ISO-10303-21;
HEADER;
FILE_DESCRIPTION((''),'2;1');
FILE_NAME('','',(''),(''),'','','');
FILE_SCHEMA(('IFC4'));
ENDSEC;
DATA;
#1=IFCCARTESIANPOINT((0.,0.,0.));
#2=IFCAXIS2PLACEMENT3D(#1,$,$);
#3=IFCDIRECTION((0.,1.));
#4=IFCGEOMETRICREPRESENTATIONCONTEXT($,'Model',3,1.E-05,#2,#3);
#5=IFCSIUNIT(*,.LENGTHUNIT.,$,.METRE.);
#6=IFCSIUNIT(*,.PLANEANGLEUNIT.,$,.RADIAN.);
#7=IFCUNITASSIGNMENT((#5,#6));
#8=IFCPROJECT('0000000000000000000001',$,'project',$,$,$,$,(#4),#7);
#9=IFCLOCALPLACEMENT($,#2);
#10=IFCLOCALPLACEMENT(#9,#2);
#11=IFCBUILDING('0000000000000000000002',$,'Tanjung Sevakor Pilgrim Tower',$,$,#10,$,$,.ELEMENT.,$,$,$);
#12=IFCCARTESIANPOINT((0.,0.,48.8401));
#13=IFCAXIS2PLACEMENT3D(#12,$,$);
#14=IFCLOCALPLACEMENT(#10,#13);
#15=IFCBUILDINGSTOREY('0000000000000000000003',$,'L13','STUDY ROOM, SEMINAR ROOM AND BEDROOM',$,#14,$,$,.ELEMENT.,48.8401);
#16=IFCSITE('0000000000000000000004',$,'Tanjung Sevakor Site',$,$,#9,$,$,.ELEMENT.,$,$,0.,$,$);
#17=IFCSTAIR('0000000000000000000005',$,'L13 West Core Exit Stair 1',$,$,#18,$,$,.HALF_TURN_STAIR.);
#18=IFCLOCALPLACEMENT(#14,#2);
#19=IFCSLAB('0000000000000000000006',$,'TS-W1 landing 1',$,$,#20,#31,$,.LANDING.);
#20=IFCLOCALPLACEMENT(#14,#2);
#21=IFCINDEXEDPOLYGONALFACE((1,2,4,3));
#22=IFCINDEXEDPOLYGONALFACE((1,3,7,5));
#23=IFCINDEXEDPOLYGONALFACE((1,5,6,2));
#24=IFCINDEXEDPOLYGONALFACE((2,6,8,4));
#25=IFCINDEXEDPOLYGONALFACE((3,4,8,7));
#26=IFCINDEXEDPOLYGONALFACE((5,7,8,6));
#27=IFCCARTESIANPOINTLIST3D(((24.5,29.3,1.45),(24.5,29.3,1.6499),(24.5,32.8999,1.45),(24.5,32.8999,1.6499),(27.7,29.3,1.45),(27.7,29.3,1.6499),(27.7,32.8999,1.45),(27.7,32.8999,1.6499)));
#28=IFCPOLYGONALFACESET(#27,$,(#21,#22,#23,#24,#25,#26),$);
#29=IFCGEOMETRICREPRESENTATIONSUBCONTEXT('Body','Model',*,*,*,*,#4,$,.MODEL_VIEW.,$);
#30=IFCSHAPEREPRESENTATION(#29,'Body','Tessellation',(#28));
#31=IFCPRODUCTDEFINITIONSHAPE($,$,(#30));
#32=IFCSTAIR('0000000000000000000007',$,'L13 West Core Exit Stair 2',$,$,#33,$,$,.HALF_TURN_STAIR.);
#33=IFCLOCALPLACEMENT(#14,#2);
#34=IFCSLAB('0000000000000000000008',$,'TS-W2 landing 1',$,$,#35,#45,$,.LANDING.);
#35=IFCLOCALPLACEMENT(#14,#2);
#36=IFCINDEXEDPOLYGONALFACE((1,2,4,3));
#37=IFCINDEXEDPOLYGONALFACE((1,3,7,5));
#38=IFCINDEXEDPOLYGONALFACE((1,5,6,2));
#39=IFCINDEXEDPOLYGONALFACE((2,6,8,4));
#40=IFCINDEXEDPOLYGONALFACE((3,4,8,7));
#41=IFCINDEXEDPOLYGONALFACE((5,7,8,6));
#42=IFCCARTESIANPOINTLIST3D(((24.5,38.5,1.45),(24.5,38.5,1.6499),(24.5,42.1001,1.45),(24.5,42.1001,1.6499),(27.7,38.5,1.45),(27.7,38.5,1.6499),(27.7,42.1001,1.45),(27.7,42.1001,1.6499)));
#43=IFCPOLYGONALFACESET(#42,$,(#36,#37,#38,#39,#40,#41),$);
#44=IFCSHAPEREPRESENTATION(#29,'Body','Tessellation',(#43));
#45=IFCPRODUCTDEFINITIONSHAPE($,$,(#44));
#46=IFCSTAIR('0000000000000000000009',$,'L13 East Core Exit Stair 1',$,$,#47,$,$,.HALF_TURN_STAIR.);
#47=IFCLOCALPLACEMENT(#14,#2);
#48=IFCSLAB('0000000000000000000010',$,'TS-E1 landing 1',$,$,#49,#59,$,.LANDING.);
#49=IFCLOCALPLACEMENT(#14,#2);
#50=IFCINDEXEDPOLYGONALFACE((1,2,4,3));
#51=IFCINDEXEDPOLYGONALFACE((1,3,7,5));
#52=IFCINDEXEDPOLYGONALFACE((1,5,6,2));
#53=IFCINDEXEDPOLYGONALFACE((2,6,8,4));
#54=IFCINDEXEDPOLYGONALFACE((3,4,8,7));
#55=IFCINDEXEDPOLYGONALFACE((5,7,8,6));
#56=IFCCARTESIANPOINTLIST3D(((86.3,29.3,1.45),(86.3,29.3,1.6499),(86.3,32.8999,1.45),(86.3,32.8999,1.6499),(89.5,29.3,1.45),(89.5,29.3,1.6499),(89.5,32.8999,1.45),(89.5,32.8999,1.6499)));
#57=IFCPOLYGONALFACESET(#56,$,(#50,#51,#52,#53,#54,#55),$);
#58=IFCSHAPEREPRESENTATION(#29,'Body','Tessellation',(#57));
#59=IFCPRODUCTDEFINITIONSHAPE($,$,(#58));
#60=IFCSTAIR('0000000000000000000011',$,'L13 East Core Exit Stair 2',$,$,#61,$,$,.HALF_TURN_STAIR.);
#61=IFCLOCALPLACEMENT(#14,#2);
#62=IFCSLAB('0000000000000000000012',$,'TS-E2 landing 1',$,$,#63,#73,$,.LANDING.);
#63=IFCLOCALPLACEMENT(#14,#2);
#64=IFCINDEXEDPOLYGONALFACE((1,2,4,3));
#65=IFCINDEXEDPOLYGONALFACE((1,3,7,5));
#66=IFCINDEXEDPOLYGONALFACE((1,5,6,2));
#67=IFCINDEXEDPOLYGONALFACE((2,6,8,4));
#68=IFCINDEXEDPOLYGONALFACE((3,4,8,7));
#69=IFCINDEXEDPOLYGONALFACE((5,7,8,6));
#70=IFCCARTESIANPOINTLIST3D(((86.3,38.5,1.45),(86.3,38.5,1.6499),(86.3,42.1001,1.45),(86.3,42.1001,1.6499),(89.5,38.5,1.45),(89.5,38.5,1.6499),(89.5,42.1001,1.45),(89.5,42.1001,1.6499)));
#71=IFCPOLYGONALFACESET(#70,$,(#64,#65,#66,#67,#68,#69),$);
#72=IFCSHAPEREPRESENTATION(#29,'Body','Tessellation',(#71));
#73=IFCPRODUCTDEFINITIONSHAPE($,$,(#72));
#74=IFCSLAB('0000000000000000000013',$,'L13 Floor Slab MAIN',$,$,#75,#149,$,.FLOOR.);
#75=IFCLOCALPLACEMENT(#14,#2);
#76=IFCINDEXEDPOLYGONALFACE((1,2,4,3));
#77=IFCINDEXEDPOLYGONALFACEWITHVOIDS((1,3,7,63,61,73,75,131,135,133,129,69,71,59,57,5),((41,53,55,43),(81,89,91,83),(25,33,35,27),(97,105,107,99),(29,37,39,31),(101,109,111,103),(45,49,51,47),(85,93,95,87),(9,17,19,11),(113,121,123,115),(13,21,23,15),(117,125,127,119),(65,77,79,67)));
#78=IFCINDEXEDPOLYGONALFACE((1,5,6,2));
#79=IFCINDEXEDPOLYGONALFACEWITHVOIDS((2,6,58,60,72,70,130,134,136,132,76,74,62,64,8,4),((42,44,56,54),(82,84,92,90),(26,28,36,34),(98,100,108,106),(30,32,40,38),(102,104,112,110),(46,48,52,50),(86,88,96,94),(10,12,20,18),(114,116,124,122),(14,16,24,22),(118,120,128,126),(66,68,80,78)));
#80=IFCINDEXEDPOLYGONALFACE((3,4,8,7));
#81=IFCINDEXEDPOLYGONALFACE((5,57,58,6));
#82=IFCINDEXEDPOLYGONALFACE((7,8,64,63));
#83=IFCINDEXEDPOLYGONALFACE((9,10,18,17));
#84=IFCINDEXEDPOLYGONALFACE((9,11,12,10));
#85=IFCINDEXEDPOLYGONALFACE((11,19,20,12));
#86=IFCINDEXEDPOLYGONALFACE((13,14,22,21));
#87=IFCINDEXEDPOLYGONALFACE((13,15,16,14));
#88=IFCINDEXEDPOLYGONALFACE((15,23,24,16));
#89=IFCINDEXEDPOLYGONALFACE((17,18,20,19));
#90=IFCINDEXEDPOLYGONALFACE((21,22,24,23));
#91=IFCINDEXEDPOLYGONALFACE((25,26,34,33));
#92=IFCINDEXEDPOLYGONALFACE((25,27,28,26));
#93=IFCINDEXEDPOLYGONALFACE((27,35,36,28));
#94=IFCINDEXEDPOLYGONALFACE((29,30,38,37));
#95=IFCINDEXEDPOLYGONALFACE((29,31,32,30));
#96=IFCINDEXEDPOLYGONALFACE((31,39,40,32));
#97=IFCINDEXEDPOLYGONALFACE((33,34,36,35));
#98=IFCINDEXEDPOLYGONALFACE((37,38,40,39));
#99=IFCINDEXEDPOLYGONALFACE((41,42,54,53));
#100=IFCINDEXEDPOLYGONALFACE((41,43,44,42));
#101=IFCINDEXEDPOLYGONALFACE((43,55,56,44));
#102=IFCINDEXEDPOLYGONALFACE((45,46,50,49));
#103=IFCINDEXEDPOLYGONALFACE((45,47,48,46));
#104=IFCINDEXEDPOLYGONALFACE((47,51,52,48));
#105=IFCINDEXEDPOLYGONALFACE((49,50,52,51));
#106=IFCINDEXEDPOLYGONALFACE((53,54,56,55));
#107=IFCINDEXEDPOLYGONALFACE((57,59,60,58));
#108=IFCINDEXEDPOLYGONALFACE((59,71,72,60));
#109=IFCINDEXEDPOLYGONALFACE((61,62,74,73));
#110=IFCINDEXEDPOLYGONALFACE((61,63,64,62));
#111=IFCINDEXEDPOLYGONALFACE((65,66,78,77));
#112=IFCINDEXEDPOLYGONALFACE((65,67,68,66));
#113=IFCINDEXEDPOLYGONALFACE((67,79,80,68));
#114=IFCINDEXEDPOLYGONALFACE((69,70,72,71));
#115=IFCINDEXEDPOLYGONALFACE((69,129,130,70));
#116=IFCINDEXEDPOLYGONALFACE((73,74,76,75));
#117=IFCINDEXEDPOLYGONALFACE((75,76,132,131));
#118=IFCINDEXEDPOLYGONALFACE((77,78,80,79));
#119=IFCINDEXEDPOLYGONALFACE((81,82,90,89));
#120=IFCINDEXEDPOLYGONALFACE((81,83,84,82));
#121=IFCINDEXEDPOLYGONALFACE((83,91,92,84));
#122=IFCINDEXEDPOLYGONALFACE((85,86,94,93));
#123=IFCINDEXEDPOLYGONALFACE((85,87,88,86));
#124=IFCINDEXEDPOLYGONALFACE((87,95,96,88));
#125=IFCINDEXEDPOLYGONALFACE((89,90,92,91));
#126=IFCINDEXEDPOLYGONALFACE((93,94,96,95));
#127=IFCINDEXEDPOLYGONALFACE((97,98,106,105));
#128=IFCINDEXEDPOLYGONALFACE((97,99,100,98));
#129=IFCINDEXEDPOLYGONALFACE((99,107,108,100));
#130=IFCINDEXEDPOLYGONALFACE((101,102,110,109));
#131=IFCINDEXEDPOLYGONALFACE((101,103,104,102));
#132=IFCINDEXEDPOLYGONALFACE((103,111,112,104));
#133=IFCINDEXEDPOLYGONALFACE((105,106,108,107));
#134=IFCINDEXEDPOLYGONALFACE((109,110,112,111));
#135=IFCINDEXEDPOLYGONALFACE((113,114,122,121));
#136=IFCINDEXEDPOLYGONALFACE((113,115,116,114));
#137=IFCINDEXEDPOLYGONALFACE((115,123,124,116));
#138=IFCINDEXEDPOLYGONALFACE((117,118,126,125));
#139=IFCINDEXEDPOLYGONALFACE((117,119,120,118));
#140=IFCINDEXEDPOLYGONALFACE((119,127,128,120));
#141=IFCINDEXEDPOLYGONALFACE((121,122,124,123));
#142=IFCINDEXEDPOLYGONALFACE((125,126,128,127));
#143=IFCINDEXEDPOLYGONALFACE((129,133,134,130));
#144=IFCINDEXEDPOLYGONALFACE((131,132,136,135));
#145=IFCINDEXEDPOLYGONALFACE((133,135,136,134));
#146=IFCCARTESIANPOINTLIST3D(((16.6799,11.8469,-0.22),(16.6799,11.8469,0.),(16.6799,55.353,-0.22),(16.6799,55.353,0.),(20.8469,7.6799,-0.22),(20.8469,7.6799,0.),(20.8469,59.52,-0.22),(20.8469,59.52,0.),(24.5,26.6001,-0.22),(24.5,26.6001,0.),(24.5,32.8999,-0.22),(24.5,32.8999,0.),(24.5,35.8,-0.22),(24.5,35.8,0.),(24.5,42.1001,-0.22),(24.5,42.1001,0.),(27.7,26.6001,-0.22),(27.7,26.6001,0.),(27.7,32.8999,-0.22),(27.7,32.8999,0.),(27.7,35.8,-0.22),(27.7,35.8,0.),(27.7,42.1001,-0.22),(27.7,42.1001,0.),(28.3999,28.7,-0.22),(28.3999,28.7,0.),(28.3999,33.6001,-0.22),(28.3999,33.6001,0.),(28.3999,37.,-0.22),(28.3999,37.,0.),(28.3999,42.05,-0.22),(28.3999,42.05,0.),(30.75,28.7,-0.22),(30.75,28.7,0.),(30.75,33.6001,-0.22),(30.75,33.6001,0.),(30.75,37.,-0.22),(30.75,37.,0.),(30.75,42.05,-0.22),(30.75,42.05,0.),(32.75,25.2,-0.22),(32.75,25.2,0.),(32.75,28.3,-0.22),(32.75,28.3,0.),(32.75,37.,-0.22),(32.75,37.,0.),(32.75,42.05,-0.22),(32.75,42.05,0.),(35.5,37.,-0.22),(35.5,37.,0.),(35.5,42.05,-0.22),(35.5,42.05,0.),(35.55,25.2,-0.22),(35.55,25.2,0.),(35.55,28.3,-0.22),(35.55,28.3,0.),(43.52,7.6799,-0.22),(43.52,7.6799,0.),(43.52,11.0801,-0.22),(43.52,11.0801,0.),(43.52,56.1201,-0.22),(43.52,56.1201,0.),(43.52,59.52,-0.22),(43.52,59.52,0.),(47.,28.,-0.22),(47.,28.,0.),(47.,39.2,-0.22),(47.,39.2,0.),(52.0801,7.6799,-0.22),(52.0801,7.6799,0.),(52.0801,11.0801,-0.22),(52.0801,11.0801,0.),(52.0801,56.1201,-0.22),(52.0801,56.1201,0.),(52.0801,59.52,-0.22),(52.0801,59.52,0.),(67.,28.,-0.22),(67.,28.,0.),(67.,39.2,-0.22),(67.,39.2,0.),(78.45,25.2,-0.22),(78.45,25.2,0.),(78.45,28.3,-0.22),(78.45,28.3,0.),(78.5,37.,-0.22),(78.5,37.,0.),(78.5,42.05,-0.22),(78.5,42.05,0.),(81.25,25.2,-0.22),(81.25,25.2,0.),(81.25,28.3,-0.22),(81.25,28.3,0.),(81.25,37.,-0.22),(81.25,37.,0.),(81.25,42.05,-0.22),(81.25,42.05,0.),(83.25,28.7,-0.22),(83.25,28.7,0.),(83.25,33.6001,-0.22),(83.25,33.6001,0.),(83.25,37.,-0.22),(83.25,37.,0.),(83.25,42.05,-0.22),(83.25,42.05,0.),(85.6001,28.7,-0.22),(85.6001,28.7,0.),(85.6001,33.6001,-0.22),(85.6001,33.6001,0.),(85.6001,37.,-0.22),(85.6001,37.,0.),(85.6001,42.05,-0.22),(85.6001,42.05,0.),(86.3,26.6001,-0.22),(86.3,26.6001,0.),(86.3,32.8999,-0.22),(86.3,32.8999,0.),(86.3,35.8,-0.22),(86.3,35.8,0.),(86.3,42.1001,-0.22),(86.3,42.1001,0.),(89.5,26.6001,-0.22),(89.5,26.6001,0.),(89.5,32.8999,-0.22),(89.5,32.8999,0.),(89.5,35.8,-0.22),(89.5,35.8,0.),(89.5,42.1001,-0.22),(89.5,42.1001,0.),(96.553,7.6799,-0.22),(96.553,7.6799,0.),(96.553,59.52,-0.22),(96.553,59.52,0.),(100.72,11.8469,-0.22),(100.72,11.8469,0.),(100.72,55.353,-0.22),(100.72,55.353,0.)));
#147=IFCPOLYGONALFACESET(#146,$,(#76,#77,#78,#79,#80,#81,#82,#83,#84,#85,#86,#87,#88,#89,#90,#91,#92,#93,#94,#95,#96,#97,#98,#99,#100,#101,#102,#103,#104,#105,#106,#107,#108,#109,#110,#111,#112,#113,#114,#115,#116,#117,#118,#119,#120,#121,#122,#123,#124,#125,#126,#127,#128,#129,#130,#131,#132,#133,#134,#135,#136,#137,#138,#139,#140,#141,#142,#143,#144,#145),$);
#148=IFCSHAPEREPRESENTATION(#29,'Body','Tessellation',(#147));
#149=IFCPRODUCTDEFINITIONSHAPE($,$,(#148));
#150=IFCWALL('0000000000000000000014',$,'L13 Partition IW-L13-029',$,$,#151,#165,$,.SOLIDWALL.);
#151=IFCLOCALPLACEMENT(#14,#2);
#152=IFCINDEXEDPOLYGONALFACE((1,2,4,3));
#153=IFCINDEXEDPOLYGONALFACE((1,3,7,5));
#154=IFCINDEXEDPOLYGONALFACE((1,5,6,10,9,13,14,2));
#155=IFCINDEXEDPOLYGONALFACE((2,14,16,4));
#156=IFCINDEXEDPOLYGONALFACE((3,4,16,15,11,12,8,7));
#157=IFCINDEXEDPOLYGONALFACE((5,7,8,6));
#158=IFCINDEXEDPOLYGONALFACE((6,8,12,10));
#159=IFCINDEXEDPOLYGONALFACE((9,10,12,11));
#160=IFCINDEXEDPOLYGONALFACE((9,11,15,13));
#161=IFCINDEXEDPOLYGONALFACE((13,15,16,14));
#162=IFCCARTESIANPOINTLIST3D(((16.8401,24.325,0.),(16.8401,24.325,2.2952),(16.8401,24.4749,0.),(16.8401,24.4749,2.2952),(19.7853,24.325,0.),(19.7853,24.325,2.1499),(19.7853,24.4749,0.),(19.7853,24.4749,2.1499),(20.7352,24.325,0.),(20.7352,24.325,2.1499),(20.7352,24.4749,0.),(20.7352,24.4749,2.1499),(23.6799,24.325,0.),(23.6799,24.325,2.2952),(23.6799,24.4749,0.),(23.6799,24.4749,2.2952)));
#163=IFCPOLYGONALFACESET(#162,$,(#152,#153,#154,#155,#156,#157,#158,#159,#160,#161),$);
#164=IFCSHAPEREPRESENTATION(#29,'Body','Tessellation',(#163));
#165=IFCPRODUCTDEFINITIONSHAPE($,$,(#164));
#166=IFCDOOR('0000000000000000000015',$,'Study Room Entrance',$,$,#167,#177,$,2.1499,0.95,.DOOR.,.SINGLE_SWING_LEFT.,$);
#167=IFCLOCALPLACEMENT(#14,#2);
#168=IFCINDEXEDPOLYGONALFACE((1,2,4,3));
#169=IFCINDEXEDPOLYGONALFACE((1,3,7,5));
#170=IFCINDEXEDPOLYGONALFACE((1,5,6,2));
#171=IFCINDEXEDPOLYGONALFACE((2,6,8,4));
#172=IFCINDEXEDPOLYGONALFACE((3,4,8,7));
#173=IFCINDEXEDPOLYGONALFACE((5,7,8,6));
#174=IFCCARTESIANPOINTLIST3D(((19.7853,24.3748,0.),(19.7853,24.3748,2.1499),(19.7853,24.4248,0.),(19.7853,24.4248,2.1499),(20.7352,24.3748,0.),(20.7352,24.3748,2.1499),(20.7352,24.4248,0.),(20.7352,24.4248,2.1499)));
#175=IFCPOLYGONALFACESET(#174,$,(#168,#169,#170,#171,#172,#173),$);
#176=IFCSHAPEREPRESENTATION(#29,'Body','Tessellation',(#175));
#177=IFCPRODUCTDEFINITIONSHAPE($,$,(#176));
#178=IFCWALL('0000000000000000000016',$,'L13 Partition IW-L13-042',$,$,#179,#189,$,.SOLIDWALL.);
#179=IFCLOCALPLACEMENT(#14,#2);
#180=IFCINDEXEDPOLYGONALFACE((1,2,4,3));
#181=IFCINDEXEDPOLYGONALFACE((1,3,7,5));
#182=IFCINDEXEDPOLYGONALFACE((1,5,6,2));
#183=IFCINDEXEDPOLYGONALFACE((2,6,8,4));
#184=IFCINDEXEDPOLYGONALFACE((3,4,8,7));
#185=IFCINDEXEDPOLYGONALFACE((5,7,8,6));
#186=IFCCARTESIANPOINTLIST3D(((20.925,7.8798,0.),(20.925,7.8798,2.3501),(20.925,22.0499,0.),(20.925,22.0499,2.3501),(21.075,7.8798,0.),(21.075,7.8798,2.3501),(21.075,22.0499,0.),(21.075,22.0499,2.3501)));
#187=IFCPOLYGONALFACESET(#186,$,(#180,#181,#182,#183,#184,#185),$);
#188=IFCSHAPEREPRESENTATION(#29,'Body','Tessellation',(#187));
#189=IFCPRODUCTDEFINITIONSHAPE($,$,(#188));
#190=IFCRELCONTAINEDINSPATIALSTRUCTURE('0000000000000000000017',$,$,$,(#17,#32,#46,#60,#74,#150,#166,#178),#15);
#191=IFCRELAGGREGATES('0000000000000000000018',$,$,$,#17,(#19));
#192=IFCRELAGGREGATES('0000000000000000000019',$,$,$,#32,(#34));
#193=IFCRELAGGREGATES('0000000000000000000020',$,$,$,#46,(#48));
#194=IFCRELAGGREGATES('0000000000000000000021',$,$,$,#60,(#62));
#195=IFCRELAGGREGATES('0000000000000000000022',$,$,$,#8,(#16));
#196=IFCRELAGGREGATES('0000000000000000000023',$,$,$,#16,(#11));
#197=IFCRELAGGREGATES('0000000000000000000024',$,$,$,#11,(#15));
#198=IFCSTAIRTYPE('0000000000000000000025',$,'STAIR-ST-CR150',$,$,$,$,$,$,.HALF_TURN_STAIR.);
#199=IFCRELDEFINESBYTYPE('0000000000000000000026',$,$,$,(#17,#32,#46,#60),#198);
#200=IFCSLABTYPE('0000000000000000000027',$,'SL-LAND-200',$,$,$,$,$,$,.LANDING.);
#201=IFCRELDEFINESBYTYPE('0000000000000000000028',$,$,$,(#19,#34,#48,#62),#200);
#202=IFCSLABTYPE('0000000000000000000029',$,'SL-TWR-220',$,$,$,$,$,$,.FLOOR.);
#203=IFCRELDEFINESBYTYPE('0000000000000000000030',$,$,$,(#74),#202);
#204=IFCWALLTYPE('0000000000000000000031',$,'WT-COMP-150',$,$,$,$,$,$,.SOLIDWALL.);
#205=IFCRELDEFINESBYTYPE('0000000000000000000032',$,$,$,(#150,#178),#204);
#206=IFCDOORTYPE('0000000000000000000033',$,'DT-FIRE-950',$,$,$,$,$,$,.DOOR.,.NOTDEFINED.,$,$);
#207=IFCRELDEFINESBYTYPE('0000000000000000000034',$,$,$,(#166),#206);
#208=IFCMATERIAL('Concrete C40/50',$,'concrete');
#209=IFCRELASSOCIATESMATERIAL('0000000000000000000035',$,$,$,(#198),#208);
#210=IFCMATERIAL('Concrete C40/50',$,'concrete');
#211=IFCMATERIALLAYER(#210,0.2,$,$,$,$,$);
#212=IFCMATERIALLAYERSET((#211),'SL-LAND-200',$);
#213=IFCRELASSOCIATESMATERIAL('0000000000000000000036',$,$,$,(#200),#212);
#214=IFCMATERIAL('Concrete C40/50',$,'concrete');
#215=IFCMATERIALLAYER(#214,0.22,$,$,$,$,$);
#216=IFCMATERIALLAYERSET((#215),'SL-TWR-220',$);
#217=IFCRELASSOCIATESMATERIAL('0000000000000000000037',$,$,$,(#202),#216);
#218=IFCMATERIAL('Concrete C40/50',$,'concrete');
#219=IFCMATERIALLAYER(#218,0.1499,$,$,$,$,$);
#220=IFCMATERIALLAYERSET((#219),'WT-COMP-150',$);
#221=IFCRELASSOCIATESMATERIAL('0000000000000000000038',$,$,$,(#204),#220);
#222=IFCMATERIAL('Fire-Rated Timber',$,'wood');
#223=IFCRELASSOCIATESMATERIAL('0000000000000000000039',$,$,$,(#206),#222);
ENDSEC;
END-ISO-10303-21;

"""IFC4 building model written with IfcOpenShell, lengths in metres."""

from ifc_helpers import new_model, si_unit, direction, frame, frame_2d, origin, place, context, subcontext, project, spatial, polyline, rectangle, outline, extrude, material, layer, layer_set, type_object, element, fill, aggregate, save


model = new_model("IFC4")

# Units and contexts
model_context = context("Model", 3, precision=1e-05, world=origin(), true_north=direction((0.0, 1.0)))
body_context = subcontext(model_context, "Body", "Model", "MODEL_VIEW")
ifc_project = project(units=[si_unit("LENGTHUNIT", "METRE"), si_unit("PLANEANGLEUNIT", "RADIAN")], contexts=[model_context])

# Site, building, storey
site_placement = place(None, origin())
site = spatial("IfcSite", under=ifc_project, at=site_placement, Name="Tanjung Sevakor Site", CompositionType="ELEMENT", RefElevation=0.0)
building_placement = place(site_placement, origin())
building = spatial("IfcBuilding", under=site, at=building_placement, Name="Tanjung Sevakor Pilgrim Tower", CompositionType="ELEMENT")
storey_placement = place(building_placement, frame((0.0, 0.0, 48.8401)))
storey = spatial("IfcBuildingStorey", under=building, at=storey_placement, Name="L13", Description="STUDY ROOM, SEMINAR ROOM AND BEDROOM", CompositionType="ELEMENT", Elevation=48.8401)

# Stairs, slabs
ifc_material_1 = material(Name="Concrete C40/50", Category="concrete")
stair_type = type_object("IfcStairType", Name="STAIR-ST-CR150", PredefinedType="HALF_TURN_STAIR", material=ifc_material_1)
stair_1_placement = place(storey_placement, origin())
stair_1 = element("IfcStair", 1, at=stair_1_placement, inside=storey, type_object=stair_type, Name="L13 West Core Exit Stair 1", PredefinedType="HALF_TURN_STAIR")
ifc_material_2 = material(Name="Concrete C40/50", Category="concrete")
ifc_layer_1 = layer(ifc_material_2, 0.2)
ifc_layer_set_1 = layer_set([ifc_layer_1], Name="SL-LAND-200")
slab_type_1 = type_object("IfcSlabType", Name="SL-LAND-200", PredefinedType="LANDING", material=ifc_layer_set_1)
slab_1_placement = place(storey_placement, frame((0.0, 0.0, 1.45)))
slab_1 = element("IfcSlab", 2, at=slab_1_placement, type_object=slab_type_1, Name="TS-W1 landing 1", PredefinedType="LANDING", context=body_context, shape_type="SweptSolid", body=[
    extrude(outline(polyline([(27.7, 29.3), (27.7, 32.8999), (24.5, 32.8999), (24.5, 29.3), (27.7, 29.3)])), origin(), (0.0, 0.0, 1.0), 0.2),
])
aggregate(stair_1, [slab_1])
stair_2_placement = place(storey_placement, origin())
stair_2 = element("IfcStair", 3, at=stair_2_placement, inside=storey, type_object=stair_type, Name="L13 West Core Exit Stair 2", PredefinedType="HALF_TURN_STAIR")
slab_2_placement = place(storey_placement, frame((0.0, 0.0, 1.45)))
slab_2 = element("IfcSlab", 4, at=slab_2_placement, type_object=slab_type_1, Name="TS-W2 landing 1", PredefinedType="LANDING", context=body_context, shape_type="SweptSolid", body=[
    extrude(outline(polyline([(27.7, 38.5), (27.7, 42.1001), (24.5, 42.1001), (24.5, 38.5), (27.7, 38.5)])), origin(), (0.0, 0.0, 1.0), 0.2),
])
aggregate(stair_2, [slab_2])
stair_3_placement = place(storey_placement, origin())
stair_3 = element("IfcStair", 5, at=stair_3_placement, inside=storey, type_object=stair_type, Name="L13 East Core Exit Stair 1", PredefinedType="HALF_TURN_STAIR")
slab_3_placement = place(storey_placement, frame((0.0, 0.0, 1.45)))
slab_3 = element("IfcSlab", 6, at=slab_3_placement, type_object=slab_type_1, Name="TS-E1 landing 1", PredefinedType="LANDING", context=body_context, shape_type="SweptSolid", body=[
    extrude(outline(polyline([(89.5, 29.3), (89.5, 32.8999), (86.3, 32.8999), (86.3, 29.3), (89.5, 29.3)])), origin(), (0.0, 0.0, 1.0), 0.2),
])
aggregate(stair_3, [slab_3])
stair_4_placement = place(storey_placement, origin())
stair_4 = element("IfcStair", 7, at=stair_4_placement, inside=storey, type_object=stair_type, Name="L13 East Core Exit Stair 2", PredefinedType="HALF_TURN_STAIR")
slab_4_placement = place(storey_placement, frame((0.0, 0.0, 1.45)))
slab_4 = element("IfcSlab", 8, at=slab_4_placement, type_object=slab_type_1, Name="TS-E2 landing 1", PredefinedType="LANDING", context=body_context, shape_type="SweptSolid", body=[
    extrude(outline(polyline([(89.5, 38.5), (89.5, 42.1001), (86.3, 42.1001), (86.3, 38.5), (89.5, 38.5)])), origin(), (0.0, 0.0, 1.0), 0.2),
])
aggregate(stair_4, [slab_4])

# Slab
ifc_material_3 = material(Name="Concrete C40/50", Category="concrete")
ifc_layer_2 = layer(ifc_material_3, 0.22)
ifc_layer_set_2 = layer_set([ifc_layer_2], Name="SL-TWR-220")
slab_type_2 = type_object("IfcSlabType", Name="SL-TWR-220", PredefinedType="FLOOR", material=ifc_layer_set_2)
slab_5_placement = place(storey_placement, frame((0.0, 0.0, -0.22)))
element("IfcSlab", 9, at=slab_5_placement, inside=storey, type_object=slab_type_2, Name="L13 Floor Slab MAIN", PredefinedType="FLOOR", context=body_context, shape_type="SweptSolid", body=[
    extrude(outline(polyline([(20.8469, 7.6799), (43.52, 7.6799), (43.52, 11.0801), (52.0801, 11.0801), (52.0801, 7.6799), (96.553, 7.6799), (100.72, 11.8469), (100.72, 55.353), (96.553, 59.52), (52.0801, 59.52), (52.0801, 56.1201), (43.52, 56.1201), (43.52, 59.52), (20.8469, 59.52), (16.6799, 55.353), (16.6799, 11.8469), (20.8469, 7.6799)]), holes=[polyline([(27.7, 26.6001), (27.7, 32.8999), (24.5, 32.8999), (24.5, 26.6001), (27.7, 26.6001)]), polyline([(27.7, 35.8), (27.7, 42.1001), (24.5, 42.1001), (24.5, 35.8), (27.7, 35.8)]), polyline([(89.5, 26.6001), (89.5, 32.8999), (86.3, 32.8999), (86.3, 26.6001), (89.5, 26.6001)]), polyline([(89.5, 35.8), (89.5, 42.1001), (86.3, 42.1001), (86.3, 35.8), (89.5, 35.8)]), polyline([(32.75, 25.2), (35.55, 25.2), (35.55, 28.3), (32.75, 28.3), (32.75, 25.2)]), polyline([(28.3999, 28.7), (30.75, 28.7), (30.75, 33.6001), (28.3999, 33.6001), (28.3999, 28.7)]), polyline([(28.3999, 37.0), (30.75, 37.0), (30.75, 42.05), (28.3999, 42.05), (28.3999, 37.0)]), polyline([(32.75, 37.0), (35.5, 37.0), (35.5, 42.05), (32.75, 42.05), (32.75, 37.0)]), polyline([(78.45, 25.2), (81.25, 25.2), (81.25, 28.3), (78.45, 28.3), (78.45, 25.2)]), polyline([(83.25, 28.7), (85.6001, 28.7), (85.6001, 33.6001), (83.25, 33.6001), (83.25, 28.7)]), polyline([(83.25, 37.0), (85.6001, 37.0), (85.6001, 42.05), (83.25, 42.05), (83.25, 37.0)]), polyline([(78.5, 37.0), (81.25, 37.0), (81.25, 42.05), (78.5, 42.05), (78.5, 37.0)]), polyline([(47.0, 28.0), (67.0, 28.0), (67.0, 39.2), (47.0, 39.2), (47.0, 28.0)])]), origin(), (0.0, 0.0, 1.0), 0.22),
])

# Wall, opening, door
ifc_material_4 = material(Name="Concrete C40/50", Category="concrete")
ifc_layer_3 = layer(ifc_material_4, 0.1499)
ifc_layer_set_3 = layer_set([ifc_layer_3], Name="WT-COMP-150")
wall_type_1 = type_object("IfcWallType", Name="WT-COMP-150", PredefinedType="SOLIDWALL", material=ifc_layer_set_3)
wall_1_placement = place(storey_placement, frame((16.8401, 24.3999, 0.0), z_axis=(0.0, 0.0, 1.0), x_axis=(1.0, 0.0, 0.0)))
wall_1 = element("IfcWall", 10, at=wall_1_placement, inside=storey, type_object=wall_type_1, Name="L13 Partition IW-L13-029", PredefinedType="SOLIDWALL", context=body_context, shape_type="SweptSolid", body=[
    extrude(rectangle(XDim=6.8398, YDim=0.1499, at=frame_2d((3.4199, 0.0))), origin(), (0.0, 0.0, 1.0), 2.2952),
])
opening_1_placement = place(wall_1_placement, frame((2.9451, 0.0, 0.0)))
opening_1 = element("IfcOpeningElement", 11, at=opening_1_placement, cuts=wall_1, PredefinedType="OPENING", context=body_context, shape_type="SweptSolid", body=[
    extrude(rectangle(XDim=0.95, YDim=2.1499, at=frame_2d((0.4751, 1.075))), frame((0.0, 0.085, 0.0), z_axis=(0.0, -1.0, 0.0), x_axis=(1.0, 0.0, 0.0)), (0.0, 0.0, 1.0), 0.1699),
])
ifc_material_5 = material(Name="Fire-Rated Timber", Category="wood")
door_type_1 = type_object("IfcDoorType", Name="DT-FIRE-950", OperationType="NOTDEFINED", PredefinedType="DOOR", material=ifc_material_5)
door_1_placement = place(opening_1_placement, origin())
door_1 = element("IfcDoor", 12, at=door_1_placement, inside=storey, type_object=door_type_1, Name="Study Room Entrance", OperationType="SINGLE_SWING_LEFT", OverallHeight=2.1499, OverallWidth=0.95, PredefinedType="DOOR", context=body_context, shape_type="SweptSolid", body=[
    extrude(rectangle(XDim=0.95, YDim=2.1499, at=frame_2d((0.4751, 1.075))), frame((0.0, 0.0249, 0.0), z_axis=(0.0, -1.0, 0.0), x_axis=(1.0, 0.0, 0.0)), (0.0, 0.0, 1.0), 0.05),
])
fill(opening_1, door_1)

# Wall
wall_2_placement = place(storey_placement, frame((21.0, 7.8799, 0.0), z_axis=(0.0, 0.0, 1.0), x_axis=(0.0, 1.0, 0.0)))
element("IfcWall", 13, at=wall_2_placement, inside=storey, type_object=wall_type_1, Name="L13 Partition IW-L13-042", PredefinedType="SOLIDWALL", context=body_context, shape_type="SweptSolid", body=[
    extrude(rectangle(XDim=14.1702, YDim=0.1499, at=frame_2d((7.085, 0.0))), origin(), (0.0, 0.0, 1.0), 2.3501),
])

save(model, "model.ifc")
